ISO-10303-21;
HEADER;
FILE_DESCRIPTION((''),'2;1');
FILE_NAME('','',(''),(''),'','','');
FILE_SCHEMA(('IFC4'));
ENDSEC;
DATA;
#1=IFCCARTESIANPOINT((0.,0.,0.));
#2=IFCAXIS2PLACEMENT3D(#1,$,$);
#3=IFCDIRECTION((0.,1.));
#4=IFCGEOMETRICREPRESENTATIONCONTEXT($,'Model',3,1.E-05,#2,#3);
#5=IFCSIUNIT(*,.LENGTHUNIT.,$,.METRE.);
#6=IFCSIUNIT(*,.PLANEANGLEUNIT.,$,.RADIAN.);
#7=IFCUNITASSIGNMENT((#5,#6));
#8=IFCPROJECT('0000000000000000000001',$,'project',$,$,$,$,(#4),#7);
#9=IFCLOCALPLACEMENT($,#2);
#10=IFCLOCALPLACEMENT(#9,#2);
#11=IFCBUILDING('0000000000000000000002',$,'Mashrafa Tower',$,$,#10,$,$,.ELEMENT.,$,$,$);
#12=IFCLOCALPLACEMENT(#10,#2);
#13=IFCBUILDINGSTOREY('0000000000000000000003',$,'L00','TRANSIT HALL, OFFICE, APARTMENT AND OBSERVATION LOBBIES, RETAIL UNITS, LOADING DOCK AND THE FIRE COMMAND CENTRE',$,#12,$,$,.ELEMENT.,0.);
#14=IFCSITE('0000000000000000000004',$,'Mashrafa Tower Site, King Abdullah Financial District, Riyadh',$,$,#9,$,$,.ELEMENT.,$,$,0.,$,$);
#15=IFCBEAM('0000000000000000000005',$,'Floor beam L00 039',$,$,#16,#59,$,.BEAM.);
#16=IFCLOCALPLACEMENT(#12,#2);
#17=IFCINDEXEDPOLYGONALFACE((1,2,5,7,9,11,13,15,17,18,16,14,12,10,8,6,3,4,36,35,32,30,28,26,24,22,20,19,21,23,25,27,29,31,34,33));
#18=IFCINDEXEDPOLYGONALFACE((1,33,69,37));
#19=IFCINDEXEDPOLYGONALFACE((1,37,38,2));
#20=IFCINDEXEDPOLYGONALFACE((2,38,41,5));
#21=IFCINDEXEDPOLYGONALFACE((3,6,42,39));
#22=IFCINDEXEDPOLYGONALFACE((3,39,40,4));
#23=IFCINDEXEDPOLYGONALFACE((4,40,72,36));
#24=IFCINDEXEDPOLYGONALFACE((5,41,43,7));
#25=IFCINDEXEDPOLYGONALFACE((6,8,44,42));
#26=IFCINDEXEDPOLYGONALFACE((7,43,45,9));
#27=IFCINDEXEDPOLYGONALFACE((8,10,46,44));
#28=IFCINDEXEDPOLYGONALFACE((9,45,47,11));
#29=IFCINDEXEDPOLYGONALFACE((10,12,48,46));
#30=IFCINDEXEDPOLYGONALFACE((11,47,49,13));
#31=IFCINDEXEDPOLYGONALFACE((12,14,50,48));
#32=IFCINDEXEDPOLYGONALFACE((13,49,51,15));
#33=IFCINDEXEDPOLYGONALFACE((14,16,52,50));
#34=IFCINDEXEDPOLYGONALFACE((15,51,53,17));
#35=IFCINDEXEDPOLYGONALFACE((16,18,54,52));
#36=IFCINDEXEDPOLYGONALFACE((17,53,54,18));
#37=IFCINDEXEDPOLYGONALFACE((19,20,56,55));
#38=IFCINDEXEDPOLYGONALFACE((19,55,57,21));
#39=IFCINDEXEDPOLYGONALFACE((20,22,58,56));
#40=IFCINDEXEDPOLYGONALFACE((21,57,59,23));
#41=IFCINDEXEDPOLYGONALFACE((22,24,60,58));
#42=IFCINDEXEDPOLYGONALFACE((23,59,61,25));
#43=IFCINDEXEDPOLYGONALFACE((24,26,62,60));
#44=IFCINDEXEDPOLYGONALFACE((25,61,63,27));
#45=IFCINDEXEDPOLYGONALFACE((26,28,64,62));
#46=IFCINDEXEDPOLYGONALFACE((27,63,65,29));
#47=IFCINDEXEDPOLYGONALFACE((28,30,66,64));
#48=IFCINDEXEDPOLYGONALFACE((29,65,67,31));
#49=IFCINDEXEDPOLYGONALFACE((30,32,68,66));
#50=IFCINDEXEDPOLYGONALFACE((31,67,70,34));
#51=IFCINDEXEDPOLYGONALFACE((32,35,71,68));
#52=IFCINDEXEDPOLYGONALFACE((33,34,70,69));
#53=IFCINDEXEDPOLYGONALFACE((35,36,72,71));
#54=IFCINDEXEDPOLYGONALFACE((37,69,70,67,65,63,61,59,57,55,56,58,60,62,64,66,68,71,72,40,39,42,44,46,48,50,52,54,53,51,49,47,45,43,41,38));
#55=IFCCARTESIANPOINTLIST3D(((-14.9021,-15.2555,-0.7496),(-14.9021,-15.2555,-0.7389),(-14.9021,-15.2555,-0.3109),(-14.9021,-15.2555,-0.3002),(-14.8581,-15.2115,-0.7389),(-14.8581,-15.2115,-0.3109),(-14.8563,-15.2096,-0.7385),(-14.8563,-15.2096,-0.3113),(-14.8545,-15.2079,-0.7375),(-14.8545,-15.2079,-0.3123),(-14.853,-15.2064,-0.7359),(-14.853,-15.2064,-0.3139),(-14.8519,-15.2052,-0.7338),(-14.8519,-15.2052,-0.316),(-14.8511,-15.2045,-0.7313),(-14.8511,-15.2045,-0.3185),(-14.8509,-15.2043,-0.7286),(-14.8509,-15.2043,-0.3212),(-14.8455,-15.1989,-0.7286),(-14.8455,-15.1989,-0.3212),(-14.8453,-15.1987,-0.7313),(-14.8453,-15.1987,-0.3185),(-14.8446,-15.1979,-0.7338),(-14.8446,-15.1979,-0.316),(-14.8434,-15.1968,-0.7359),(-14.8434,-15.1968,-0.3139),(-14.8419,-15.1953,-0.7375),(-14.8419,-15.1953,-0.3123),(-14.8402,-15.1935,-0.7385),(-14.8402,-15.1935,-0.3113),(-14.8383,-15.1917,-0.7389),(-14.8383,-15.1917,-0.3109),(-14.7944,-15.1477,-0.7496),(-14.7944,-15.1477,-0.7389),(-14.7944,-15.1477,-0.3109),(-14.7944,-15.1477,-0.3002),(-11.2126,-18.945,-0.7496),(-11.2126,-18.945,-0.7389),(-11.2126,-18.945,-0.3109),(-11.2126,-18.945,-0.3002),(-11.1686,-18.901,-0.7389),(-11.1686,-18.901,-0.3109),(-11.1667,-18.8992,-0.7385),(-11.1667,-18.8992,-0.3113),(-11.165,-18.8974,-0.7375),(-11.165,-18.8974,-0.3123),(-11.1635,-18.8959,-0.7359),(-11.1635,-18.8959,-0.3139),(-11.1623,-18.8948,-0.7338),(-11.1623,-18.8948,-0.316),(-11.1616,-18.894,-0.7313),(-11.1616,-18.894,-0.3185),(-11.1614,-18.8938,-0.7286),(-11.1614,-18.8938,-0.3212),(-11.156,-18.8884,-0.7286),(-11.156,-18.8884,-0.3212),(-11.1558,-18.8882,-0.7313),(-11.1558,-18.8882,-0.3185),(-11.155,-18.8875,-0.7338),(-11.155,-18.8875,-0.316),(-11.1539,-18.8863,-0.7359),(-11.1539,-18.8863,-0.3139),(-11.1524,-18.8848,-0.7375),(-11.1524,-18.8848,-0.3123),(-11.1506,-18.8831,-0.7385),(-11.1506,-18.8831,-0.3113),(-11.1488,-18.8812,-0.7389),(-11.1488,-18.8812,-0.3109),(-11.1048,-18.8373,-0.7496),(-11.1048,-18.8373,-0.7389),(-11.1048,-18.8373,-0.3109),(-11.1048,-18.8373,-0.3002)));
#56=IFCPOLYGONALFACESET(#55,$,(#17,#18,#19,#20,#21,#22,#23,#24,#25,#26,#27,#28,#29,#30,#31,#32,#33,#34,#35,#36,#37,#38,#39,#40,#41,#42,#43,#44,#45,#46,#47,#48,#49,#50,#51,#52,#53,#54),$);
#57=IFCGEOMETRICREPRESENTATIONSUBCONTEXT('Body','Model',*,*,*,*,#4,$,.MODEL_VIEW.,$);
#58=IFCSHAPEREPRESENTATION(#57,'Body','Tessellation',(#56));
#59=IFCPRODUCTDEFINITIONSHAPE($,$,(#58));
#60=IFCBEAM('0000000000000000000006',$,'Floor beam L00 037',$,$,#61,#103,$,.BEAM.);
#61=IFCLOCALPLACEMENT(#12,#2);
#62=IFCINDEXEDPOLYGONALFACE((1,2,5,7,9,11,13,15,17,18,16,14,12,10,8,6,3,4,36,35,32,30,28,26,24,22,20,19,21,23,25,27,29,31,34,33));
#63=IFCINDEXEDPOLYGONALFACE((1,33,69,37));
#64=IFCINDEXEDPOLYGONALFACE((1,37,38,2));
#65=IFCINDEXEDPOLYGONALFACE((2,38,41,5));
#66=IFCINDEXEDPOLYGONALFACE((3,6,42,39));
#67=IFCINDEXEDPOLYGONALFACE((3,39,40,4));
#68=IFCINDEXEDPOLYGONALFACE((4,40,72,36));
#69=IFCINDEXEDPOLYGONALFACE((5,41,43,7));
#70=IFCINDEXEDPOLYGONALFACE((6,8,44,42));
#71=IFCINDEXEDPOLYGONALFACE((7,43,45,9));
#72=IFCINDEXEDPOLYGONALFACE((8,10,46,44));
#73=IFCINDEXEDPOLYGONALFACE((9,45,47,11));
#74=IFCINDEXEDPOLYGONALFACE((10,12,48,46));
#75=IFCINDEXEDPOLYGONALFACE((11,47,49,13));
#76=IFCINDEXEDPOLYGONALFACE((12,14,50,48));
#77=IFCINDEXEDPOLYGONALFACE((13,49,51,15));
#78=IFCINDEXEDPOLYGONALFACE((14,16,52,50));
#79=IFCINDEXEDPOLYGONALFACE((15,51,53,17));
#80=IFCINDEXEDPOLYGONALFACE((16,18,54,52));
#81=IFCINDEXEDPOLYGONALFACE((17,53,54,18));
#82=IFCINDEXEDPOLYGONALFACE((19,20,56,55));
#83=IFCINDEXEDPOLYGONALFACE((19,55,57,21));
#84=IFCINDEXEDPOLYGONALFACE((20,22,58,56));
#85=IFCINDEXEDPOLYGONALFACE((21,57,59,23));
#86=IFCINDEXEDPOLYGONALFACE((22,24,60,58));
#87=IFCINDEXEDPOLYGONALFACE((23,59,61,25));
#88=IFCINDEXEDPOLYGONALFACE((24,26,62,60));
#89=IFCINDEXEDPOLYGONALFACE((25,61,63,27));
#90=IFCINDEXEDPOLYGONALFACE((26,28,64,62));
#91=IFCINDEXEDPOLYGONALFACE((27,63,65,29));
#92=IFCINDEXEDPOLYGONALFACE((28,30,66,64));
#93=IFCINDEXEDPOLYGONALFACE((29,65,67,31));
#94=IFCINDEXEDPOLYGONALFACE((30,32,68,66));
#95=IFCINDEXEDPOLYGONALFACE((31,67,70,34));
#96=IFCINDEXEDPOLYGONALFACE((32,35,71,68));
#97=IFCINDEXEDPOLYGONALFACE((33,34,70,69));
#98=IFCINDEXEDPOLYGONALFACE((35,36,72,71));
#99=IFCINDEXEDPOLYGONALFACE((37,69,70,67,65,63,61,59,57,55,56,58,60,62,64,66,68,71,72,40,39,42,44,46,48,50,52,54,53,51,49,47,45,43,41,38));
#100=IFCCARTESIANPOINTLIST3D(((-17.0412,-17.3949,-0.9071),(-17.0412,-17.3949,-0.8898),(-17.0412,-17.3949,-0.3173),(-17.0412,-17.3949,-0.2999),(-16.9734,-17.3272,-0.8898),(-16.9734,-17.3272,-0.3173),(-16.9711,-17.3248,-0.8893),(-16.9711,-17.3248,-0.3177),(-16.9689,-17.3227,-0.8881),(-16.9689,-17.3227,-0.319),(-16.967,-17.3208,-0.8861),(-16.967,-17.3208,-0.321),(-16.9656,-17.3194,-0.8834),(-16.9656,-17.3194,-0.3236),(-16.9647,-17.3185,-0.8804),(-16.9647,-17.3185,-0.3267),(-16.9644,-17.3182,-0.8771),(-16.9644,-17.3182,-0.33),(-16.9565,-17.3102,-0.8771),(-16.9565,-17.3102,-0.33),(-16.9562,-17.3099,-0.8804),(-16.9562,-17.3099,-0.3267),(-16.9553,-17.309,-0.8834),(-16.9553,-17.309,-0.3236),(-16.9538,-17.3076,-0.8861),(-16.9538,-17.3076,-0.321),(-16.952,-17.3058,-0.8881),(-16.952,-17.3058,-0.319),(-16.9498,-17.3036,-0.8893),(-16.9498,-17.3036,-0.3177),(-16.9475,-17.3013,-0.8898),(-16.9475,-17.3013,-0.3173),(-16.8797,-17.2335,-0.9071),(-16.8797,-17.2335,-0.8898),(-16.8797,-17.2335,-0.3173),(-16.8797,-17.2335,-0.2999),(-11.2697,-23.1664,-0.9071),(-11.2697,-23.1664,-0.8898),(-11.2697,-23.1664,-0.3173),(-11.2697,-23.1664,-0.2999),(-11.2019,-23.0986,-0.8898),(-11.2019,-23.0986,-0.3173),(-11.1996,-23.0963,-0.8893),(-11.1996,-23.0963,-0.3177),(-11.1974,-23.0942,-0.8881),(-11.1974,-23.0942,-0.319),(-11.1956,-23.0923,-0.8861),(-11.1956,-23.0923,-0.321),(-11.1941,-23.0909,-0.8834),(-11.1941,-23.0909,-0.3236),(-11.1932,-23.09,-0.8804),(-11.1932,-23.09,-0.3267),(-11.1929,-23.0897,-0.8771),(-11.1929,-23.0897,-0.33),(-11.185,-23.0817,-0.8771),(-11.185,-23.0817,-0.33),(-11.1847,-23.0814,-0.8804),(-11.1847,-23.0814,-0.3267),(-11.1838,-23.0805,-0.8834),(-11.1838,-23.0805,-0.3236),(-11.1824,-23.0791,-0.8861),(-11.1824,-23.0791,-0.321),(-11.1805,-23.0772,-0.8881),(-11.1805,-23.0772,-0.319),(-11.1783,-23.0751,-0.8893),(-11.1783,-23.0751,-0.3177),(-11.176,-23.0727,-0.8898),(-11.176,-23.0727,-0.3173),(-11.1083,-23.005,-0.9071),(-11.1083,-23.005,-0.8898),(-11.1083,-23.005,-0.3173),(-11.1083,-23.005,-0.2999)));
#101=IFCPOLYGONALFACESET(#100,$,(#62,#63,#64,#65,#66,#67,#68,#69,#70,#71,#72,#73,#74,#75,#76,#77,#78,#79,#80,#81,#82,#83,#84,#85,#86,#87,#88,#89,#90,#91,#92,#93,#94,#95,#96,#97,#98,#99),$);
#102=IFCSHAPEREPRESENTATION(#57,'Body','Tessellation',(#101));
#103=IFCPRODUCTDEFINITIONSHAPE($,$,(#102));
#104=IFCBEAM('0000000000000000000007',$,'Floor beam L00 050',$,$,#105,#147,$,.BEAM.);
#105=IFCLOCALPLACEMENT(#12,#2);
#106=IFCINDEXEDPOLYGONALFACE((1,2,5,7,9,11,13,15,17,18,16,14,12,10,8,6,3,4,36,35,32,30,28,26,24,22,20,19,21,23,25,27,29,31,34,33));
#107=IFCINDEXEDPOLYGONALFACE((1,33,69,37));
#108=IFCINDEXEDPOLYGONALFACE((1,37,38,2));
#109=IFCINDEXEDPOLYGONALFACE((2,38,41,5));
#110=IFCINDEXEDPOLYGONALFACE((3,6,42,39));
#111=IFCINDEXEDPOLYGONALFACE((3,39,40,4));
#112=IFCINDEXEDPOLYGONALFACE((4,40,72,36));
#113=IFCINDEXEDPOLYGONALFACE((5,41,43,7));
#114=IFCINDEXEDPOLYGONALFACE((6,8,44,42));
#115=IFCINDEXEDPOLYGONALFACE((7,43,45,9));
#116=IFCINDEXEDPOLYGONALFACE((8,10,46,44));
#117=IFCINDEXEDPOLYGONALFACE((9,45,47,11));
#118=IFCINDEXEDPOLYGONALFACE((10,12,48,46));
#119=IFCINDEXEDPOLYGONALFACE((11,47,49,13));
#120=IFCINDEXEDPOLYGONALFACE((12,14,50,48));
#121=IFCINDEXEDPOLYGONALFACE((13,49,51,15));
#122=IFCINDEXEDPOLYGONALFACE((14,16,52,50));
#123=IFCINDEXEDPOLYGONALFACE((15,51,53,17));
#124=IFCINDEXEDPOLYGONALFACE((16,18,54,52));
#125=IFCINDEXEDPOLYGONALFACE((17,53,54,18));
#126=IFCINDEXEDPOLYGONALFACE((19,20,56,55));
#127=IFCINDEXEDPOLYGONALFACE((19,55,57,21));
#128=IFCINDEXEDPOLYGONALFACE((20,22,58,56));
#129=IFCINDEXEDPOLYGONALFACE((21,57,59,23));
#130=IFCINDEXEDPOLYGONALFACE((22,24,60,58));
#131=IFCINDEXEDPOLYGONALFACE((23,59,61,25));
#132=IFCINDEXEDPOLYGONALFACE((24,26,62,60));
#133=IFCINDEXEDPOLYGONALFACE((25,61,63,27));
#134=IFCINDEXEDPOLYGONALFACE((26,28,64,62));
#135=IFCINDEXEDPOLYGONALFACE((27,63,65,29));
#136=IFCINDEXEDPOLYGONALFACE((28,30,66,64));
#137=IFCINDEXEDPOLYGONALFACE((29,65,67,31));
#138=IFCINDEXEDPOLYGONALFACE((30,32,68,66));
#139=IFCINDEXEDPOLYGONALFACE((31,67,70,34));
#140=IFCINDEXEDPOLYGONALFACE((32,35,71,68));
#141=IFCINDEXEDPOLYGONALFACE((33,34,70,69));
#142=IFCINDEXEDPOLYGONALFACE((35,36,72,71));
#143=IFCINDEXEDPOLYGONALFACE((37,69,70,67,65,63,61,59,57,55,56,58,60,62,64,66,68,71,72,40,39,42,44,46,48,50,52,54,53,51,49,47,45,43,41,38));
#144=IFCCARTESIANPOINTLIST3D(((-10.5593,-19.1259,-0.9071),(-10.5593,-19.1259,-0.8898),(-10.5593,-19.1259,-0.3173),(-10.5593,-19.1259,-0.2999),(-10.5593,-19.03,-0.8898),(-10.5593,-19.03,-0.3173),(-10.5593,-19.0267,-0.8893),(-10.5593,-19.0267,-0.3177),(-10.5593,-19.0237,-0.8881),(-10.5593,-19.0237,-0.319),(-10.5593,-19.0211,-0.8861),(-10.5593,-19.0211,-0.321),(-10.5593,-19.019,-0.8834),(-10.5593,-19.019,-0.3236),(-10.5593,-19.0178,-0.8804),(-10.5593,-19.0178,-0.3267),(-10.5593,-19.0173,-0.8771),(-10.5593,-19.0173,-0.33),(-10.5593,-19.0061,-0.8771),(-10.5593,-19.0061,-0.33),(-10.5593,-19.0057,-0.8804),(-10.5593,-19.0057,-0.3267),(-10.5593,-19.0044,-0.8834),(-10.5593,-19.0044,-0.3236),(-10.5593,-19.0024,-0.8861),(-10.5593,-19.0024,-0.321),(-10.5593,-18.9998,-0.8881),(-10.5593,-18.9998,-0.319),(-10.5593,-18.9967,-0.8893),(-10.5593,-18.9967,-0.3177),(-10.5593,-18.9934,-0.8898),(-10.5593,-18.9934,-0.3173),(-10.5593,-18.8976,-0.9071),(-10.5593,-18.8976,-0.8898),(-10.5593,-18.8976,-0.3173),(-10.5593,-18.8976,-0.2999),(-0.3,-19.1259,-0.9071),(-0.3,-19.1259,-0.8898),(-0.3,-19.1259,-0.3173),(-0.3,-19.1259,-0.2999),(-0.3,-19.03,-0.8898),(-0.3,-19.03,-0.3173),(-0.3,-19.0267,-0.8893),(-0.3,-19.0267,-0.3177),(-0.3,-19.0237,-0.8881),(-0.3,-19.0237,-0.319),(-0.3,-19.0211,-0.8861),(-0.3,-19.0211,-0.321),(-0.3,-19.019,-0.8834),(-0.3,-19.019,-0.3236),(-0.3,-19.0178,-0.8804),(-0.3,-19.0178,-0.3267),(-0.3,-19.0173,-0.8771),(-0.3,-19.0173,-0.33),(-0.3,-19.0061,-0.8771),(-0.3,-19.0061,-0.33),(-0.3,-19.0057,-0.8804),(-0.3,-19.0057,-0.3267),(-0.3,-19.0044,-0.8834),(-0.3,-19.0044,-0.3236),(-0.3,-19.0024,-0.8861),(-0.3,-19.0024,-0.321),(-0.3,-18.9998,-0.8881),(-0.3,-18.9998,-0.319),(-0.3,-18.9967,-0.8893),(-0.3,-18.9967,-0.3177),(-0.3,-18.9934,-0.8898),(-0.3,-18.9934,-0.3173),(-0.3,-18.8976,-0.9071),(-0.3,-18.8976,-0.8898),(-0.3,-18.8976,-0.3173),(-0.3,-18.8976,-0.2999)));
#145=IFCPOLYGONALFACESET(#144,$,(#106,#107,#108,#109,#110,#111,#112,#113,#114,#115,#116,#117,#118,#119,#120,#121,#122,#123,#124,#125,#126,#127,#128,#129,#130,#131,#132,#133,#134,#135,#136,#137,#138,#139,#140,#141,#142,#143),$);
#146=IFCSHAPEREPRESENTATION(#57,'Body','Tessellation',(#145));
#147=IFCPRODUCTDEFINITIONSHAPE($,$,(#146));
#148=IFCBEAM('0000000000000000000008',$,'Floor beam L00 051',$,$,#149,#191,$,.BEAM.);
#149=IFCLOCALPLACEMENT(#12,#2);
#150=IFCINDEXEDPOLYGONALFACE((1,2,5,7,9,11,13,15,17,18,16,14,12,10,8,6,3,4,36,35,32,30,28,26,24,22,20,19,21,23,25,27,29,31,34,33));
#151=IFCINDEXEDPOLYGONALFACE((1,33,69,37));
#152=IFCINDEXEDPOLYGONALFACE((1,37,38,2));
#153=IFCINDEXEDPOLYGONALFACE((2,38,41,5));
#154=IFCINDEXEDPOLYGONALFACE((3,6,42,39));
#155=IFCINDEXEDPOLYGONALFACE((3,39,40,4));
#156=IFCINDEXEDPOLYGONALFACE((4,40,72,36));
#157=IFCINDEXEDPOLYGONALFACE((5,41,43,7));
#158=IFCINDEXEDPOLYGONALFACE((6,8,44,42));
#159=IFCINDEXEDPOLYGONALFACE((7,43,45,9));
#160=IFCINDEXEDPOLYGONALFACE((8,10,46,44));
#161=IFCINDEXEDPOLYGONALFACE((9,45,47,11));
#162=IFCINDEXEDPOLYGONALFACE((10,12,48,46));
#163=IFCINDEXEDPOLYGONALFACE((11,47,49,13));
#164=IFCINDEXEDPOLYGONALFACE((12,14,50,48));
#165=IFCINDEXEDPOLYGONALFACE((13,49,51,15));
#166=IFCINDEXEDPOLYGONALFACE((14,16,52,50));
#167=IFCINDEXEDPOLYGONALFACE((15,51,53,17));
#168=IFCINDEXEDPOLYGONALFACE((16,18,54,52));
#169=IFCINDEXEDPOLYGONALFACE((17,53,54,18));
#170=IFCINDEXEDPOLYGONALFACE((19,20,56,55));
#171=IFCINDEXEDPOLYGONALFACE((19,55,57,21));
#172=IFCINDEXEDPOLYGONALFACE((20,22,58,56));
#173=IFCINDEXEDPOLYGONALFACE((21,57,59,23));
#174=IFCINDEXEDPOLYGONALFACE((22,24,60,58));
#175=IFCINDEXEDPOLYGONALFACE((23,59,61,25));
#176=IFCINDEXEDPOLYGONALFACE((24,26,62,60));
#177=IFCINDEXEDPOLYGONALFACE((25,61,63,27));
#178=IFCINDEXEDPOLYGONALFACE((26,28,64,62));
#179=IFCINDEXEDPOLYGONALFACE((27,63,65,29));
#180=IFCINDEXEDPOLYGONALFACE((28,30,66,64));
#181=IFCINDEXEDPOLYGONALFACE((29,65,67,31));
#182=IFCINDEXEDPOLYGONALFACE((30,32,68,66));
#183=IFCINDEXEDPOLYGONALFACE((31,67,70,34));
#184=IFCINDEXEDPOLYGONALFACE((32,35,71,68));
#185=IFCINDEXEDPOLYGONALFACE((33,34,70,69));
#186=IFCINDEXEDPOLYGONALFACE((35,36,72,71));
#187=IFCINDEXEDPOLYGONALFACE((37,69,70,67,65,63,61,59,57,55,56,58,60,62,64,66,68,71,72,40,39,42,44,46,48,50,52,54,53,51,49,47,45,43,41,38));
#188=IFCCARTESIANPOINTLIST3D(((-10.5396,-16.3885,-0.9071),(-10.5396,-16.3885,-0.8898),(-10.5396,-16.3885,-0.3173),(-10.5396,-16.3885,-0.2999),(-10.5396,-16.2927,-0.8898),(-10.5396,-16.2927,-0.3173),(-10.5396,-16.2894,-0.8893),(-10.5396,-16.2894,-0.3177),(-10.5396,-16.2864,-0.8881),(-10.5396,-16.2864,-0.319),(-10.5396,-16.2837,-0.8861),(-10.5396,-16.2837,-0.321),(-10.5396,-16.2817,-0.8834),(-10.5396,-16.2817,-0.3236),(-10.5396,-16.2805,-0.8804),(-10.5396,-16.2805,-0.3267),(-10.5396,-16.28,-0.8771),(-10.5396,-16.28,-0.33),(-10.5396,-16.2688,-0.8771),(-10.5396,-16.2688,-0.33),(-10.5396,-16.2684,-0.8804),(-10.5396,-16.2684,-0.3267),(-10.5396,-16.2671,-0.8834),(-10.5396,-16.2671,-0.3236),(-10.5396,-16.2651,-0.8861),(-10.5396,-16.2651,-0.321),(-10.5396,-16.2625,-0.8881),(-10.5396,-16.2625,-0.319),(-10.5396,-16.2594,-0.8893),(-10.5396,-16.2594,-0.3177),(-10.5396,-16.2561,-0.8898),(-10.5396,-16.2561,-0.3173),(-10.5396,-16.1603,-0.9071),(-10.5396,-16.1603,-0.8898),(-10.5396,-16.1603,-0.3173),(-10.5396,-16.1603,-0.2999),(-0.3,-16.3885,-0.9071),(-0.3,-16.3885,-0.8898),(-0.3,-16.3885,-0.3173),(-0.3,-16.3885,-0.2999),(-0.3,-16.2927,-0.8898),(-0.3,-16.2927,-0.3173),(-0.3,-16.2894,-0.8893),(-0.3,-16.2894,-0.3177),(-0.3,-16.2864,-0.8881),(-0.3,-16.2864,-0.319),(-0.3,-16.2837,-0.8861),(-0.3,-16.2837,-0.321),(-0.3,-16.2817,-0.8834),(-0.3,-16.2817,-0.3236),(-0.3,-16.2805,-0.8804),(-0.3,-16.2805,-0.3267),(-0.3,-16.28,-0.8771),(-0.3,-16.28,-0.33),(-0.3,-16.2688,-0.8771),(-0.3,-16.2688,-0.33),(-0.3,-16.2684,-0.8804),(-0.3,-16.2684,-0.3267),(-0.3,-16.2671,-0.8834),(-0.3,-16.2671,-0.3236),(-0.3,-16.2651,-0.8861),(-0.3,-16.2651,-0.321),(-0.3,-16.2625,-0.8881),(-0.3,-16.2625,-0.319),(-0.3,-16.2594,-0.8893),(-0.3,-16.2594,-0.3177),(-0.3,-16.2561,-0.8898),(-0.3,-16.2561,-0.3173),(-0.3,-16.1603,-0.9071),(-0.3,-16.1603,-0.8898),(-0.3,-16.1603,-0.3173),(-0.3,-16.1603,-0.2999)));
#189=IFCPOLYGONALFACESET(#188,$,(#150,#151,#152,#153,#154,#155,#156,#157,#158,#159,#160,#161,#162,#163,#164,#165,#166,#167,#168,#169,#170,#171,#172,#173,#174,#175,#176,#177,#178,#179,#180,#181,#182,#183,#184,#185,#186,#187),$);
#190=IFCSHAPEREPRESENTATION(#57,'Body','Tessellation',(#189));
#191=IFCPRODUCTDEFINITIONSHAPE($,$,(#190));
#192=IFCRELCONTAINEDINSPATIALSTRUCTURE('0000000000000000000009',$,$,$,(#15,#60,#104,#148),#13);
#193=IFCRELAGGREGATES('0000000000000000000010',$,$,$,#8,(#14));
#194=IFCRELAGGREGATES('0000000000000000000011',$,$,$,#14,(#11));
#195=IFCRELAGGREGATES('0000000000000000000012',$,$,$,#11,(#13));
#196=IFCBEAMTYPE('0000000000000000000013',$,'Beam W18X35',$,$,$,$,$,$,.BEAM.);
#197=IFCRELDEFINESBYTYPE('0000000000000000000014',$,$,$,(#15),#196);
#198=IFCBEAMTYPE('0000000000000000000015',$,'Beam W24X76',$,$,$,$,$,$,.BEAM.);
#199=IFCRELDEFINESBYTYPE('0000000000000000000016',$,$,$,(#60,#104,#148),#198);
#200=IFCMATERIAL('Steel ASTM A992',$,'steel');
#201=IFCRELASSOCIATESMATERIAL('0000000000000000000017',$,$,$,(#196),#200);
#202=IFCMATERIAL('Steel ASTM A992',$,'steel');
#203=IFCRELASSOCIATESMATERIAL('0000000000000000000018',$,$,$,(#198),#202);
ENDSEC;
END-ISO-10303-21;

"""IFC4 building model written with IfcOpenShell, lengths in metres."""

from ifc_helpers import new_model, si_unit, direction, frame, origin, origin_2d, place, context, subcontext, project, spatial, i_section, extrude, material, material_profile, profile_set, type_object, element, save


model = new_model("IFC4")

# Units and contexts
model_context = context("Model", 3, precision=1e-05, world=origin(), true_north=direction((0.0, 1.0)))
body_context = subcontext(model_context, "Body", "Model", "MODEL_VIEW")
ifc_project = project(units=[si_unit("LENGTHUNIT", "METRE"), si_unit("PLANEANGLEUNIT", "RADIAN")], contexts=[model_context])

# Site, building, storey
site_placement = place(None, origin())
site = spatial("IfcSite", under=ifc_project, at=site_placement, Name="Mashrafa Tower Site, King Abdullah Financial District, Riyadh", CompositionType="ELEMENT", RefElevation=0.0)
building_placement = place(site_placement, origin())
building = spatial("IfcBuilding", under=site, at=building_placement, Name="Mashrafa Tower", CompositionType="ELEMENT")
storey_placement = place(building_placement, origin())
storey = spatial("IfcBuildingStorey", under=building, at=storey_placement, Name="L00", Description="TRANSIT HALL, OFFICE, APARTMENT AND OBSERVATION LOBBIES, RETAIL UNITS, LOADING DOCK AND THE FIRE COMMAND CENTRE", CompositionType="ELEMENT", Elevation=0.0)

# Beams
ifc_material_1 = material(Name="Steel ASTM A992", Category="steel")
ifc_material_profile_1 = material_profile(ifc_material_1, i_section(OverallWidth=0.1523, OverallDepth=0.4495, WebThickness=0.0076, FlangeThickness=0.0107, FilletRadius=0.0103, at=origin_2d()), Name="W18X35")
ifc_profile_set_1 = profile_set([ifc_material_profile_1], Name="Steel ASTM A992")
beam_type_1 = type_object("IfcBeamType", Name="Beam W18X35", PredefinedType="BEAM", material=ifc_profile_set_1)
for number, where, z_axis, x_axis, name in (
    (1, (-11.1587, -18.8911, -0.5249), (-0.707107, 0.707107, 0.0), (-0.707107, -0.707107, 0.0), "Floor beam L00 039"),
):
    element("IfcBeam", number, at=place(storey_placement, frame(where, z_axis=z_axis, x_axis=x_axis)), inside=storey, type_object=beam_type_1, Name=name, PredefinedType="BEAM", context=body_context, shape_type="SweptSolid", body=[
        extrude(i_section(OverallWidth=0.1523, OverallDepth=0.4495, WebThickness=0.0076, FlangeThickness=0.0107, FilletRadius=0.0103, at=origin_2d()), origin(), (0.0, 0.0, 1.0), 5.2178),
    ])
ifc_material_2 = material(Name="Steel ASTM A992", Category="steel")
ifc_material_profile_2 = material_profile(ifc_material_2, i_section(OverallWidth=0.2283, OverallDepth=0.6072, WebThickness=0.0112, FlangeThickness=0.0173, FilletRadius=0.0127, at=origin_2d()), Name="W24X76")
ifc_profile_set_2 = profile_set([ifc_material_profile_2], Name="Steel ASTM A992")
beam_type_2 = type_object("IfcBeamType", Name="Beam W24X76", PredefinedType="BEAM", material=ifc_profile_set_2)
beam_1_placement = place(storey_placement, frame((-11.189, -23.0857, -0.6035), z_axis=(-0.707107, 0.707107, 0.0), x_axis=(-0.707107, -0.707107, 0.0)))
element("IfcBeam", 2, at=beam_1_placement, inside=storey, type_object=beam_type_2, Name="Floor beam L00 037", PredefinedType="BEAM", context=body_context, shape_type="SweptSolid", body=[
    extrude(i_section(OverallWidth=0.2283, OverallDepth=0.6072, WebThickness=0.0112, FlangeThickness=0.0173, FilletRadius=0.0127, at=origin_2d()), origin(), (0.0, 0.0, 1.0), 8.1621),
])
beam_2_placement = place(storey_placement, frame((-0.3, -19.0117, -0.6035), z_axis=(-1.0, 0.0, 0.0), x_axis=(0.0, -1.0, 0.0)))
element("IfcBeam", 3, at=beam_2_placement, inside=storey, type_object=beam_type_2, Name="Floor beam L00 050", PredefinedType="BEAM", context=body_context, shape_type="SweptSolid", body=[
    extrude(i_section(OverallWidth=0.2283, OverallDepth=0.6072, WebThickness=0.0112, FlangeThickness=0.0173, FilletRadius=0.0127, at=origin_2d()), origin(), (0.0, 0.0, 1.0), 10.2593),
])
beam_3_placement = place(storey_placement, frame((-0.3, -16.2744, -0.6035), z_axis=(-1.0, 0.0, 0.0), x_axis=(0.0, -1.0, 0.0)))
element("IfcBeam", 4, at=beam_3_placement, inside=storey, type_object=beam_type_2, Name="Floor beam L00 051", PredefinedType="BEAM", context=body_context, shape_type="SweptSolid", body=[
    extrude(i_section(OverallWidth=0.2283, OverallDepth=0.6072, WebThickness=0.0112, FlangeThickness=0.0173, FilletRadius=0.0127, at=origin_2d()), origin(), (0.0, 0.0, 1.0), 10.2395),
])

save(model, "model.ifc")
